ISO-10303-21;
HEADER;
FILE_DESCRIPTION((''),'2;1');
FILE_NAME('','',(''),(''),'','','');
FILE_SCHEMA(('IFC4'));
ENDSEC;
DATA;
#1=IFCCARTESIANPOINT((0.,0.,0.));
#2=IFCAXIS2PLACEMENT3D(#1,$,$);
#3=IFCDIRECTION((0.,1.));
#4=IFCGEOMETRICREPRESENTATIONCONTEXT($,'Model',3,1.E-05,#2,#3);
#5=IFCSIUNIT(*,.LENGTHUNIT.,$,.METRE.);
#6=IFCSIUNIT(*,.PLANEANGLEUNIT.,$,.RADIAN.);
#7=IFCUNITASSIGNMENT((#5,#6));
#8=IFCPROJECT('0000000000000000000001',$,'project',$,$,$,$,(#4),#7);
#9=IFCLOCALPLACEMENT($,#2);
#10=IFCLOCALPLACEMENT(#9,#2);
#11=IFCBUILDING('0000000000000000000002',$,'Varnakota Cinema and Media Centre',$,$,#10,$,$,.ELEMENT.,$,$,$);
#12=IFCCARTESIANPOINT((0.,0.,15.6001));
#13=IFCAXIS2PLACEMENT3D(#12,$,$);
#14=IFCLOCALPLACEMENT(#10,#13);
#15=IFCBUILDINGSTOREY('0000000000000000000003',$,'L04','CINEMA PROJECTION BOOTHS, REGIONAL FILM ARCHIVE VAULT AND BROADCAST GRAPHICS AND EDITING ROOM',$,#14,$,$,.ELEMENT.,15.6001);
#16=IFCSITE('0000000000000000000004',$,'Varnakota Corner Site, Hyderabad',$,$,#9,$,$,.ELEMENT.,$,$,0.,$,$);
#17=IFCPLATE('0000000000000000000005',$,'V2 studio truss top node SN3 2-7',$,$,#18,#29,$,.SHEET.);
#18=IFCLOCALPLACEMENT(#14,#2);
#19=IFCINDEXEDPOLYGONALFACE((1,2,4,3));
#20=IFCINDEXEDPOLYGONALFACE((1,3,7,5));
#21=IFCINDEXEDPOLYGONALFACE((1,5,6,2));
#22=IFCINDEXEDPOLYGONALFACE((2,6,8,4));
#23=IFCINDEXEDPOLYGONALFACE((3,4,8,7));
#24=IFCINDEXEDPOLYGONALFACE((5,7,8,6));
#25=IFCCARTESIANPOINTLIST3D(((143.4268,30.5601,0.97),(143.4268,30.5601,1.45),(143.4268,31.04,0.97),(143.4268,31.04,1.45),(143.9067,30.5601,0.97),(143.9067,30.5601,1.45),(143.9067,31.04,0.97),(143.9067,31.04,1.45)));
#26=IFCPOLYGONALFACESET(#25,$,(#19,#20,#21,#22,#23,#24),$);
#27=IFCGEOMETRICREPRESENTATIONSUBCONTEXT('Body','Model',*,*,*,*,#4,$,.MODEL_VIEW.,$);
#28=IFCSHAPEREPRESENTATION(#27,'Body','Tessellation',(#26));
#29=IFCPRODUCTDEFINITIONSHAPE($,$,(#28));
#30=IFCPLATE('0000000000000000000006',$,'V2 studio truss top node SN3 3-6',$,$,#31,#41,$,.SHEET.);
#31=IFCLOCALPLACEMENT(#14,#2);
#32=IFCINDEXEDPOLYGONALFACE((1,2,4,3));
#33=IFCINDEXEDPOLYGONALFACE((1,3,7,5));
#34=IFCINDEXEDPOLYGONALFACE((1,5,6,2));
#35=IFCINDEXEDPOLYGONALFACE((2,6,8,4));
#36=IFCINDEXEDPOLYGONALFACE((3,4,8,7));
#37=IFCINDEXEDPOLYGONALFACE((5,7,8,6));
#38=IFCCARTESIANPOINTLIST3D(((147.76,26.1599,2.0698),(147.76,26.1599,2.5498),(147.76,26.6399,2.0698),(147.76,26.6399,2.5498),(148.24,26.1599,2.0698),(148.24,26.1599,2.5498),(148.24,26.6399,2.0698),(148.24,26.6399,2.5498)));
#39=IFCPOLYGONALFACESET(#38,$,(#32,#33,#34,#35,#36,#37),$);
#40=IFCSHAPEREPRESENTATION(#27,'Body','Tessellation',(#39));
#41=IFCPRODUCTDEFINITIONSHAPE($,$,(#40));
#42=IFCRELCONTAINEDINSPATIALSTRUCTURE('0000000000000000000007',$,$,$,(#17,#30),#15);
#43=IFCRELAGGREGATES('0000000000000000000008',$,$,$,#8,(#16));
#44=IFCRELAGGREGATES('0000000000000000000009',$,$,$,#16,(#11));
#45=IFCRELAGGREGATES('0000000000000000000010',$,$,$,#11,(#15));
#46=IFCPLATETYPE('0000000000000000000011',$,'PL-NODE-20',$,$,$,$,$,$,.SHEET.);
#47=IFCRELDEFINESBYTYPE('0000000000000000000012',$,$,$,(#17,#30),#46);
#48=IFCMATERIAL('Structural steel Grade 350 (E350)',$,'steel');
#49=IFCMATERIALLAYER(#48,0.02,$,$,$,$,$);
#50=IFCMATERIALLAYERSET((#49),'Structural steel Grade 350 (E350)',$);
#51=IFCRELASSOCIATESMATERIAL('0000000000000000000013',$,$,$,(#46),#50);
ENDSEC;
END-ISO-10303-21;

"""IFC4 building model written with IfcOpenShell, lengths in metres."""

from ifc_helpers import new_model, si_unit, direction, frame, origin, origin_2d, place, context, subcontext, project, spatial, rectangle, extrude, material, layer, layer_set, type_object, element, save


model = new_model("IFC4")

# Units and contexts
model_context = context("Model", 3, precision=1e-05, world=origin(), true_north=direction((0.0, 1.0)))
body_context = subcontext(model_context, "Body", "Model", "MODEL_VIEW")
ifc_project = project(units=[si_unit("LENGTHUNIT", "METRE"), si_unit("PLANEANGLEUNIT", "RADIAN")], contexts=[model_context])

# Site, building, storey
site_placement = place(None, origin())
site = spatial("IfcSite", under=ifc_project, at=site_placement, Name="Varnakota Corner Site, Hyderabad", CompositionType="ELEMENT", RefElevation=0.0)
building_placement = place(site_placement, origin())
building = spatial("IfcBuilding", under=site, at=building_placement, Name="Varnakota Cinema and Media Centre", CompositionType="ELEMENT")
storey_placement = place(building_placement, frame((0.0, 0.0, 15.6001)))
storey = spatial("IfcBuildingStorey", under=building, at=storey_placement, Name="L04", Description="CINEMA PROJECTION BOOTHS, REGIONAL FILM ARCHIVE VAULT AND BROADCAST GRAPHICS AND EDITING ROOM", CompositionType="ELEMENT", Elevation=15.6001)

# Plates
ifc_material_1 = material(Name="Structural steel Grade 350 (E350)", Category="steel")
ifc_layer_1 = layer(ifc_material_1, 0.02)
ifc_layer_set_1 = layer_set([ifc_layer_1], Name="Structural steel Grade 350 (E350)")
plate_type_1 = type_object("IfcPlateType", Name="PL-NODE-20", PredefinedType="SHEET", material=ifc_layer_set_1)
for number, where, z_axis, x_axis, name in (
    (1, (143.6667, 30.8, 0.97), (0.0, 0.0, 1.0), (1.0, 0.0, 0.0), "V2 studio truss top node SN3 2-7"),
    (2, (148.0, 26.3999, 2.0698), (0.0, 0.0, 1.0), (1.0, 0.0, 0.0), "V2 studio truss top node SN3 3-6"),
):
    element("IfcPlate", number, at=place(storey_placement, frame(where, z_axis=z_axis, x_axis=x_axis)), inside=storey, type_object=plate_type_1, Name=name, PredefinedType="SHEET", context=body_context, shape_type="SweptSolid", body=[
        extrude(rectangle(XDim=0.48, YDim=0.48, at=origin_2d()), origin(), (0.0, 0.0, 1.0), 0.48),
    ])

save(model, "model.ifc")
